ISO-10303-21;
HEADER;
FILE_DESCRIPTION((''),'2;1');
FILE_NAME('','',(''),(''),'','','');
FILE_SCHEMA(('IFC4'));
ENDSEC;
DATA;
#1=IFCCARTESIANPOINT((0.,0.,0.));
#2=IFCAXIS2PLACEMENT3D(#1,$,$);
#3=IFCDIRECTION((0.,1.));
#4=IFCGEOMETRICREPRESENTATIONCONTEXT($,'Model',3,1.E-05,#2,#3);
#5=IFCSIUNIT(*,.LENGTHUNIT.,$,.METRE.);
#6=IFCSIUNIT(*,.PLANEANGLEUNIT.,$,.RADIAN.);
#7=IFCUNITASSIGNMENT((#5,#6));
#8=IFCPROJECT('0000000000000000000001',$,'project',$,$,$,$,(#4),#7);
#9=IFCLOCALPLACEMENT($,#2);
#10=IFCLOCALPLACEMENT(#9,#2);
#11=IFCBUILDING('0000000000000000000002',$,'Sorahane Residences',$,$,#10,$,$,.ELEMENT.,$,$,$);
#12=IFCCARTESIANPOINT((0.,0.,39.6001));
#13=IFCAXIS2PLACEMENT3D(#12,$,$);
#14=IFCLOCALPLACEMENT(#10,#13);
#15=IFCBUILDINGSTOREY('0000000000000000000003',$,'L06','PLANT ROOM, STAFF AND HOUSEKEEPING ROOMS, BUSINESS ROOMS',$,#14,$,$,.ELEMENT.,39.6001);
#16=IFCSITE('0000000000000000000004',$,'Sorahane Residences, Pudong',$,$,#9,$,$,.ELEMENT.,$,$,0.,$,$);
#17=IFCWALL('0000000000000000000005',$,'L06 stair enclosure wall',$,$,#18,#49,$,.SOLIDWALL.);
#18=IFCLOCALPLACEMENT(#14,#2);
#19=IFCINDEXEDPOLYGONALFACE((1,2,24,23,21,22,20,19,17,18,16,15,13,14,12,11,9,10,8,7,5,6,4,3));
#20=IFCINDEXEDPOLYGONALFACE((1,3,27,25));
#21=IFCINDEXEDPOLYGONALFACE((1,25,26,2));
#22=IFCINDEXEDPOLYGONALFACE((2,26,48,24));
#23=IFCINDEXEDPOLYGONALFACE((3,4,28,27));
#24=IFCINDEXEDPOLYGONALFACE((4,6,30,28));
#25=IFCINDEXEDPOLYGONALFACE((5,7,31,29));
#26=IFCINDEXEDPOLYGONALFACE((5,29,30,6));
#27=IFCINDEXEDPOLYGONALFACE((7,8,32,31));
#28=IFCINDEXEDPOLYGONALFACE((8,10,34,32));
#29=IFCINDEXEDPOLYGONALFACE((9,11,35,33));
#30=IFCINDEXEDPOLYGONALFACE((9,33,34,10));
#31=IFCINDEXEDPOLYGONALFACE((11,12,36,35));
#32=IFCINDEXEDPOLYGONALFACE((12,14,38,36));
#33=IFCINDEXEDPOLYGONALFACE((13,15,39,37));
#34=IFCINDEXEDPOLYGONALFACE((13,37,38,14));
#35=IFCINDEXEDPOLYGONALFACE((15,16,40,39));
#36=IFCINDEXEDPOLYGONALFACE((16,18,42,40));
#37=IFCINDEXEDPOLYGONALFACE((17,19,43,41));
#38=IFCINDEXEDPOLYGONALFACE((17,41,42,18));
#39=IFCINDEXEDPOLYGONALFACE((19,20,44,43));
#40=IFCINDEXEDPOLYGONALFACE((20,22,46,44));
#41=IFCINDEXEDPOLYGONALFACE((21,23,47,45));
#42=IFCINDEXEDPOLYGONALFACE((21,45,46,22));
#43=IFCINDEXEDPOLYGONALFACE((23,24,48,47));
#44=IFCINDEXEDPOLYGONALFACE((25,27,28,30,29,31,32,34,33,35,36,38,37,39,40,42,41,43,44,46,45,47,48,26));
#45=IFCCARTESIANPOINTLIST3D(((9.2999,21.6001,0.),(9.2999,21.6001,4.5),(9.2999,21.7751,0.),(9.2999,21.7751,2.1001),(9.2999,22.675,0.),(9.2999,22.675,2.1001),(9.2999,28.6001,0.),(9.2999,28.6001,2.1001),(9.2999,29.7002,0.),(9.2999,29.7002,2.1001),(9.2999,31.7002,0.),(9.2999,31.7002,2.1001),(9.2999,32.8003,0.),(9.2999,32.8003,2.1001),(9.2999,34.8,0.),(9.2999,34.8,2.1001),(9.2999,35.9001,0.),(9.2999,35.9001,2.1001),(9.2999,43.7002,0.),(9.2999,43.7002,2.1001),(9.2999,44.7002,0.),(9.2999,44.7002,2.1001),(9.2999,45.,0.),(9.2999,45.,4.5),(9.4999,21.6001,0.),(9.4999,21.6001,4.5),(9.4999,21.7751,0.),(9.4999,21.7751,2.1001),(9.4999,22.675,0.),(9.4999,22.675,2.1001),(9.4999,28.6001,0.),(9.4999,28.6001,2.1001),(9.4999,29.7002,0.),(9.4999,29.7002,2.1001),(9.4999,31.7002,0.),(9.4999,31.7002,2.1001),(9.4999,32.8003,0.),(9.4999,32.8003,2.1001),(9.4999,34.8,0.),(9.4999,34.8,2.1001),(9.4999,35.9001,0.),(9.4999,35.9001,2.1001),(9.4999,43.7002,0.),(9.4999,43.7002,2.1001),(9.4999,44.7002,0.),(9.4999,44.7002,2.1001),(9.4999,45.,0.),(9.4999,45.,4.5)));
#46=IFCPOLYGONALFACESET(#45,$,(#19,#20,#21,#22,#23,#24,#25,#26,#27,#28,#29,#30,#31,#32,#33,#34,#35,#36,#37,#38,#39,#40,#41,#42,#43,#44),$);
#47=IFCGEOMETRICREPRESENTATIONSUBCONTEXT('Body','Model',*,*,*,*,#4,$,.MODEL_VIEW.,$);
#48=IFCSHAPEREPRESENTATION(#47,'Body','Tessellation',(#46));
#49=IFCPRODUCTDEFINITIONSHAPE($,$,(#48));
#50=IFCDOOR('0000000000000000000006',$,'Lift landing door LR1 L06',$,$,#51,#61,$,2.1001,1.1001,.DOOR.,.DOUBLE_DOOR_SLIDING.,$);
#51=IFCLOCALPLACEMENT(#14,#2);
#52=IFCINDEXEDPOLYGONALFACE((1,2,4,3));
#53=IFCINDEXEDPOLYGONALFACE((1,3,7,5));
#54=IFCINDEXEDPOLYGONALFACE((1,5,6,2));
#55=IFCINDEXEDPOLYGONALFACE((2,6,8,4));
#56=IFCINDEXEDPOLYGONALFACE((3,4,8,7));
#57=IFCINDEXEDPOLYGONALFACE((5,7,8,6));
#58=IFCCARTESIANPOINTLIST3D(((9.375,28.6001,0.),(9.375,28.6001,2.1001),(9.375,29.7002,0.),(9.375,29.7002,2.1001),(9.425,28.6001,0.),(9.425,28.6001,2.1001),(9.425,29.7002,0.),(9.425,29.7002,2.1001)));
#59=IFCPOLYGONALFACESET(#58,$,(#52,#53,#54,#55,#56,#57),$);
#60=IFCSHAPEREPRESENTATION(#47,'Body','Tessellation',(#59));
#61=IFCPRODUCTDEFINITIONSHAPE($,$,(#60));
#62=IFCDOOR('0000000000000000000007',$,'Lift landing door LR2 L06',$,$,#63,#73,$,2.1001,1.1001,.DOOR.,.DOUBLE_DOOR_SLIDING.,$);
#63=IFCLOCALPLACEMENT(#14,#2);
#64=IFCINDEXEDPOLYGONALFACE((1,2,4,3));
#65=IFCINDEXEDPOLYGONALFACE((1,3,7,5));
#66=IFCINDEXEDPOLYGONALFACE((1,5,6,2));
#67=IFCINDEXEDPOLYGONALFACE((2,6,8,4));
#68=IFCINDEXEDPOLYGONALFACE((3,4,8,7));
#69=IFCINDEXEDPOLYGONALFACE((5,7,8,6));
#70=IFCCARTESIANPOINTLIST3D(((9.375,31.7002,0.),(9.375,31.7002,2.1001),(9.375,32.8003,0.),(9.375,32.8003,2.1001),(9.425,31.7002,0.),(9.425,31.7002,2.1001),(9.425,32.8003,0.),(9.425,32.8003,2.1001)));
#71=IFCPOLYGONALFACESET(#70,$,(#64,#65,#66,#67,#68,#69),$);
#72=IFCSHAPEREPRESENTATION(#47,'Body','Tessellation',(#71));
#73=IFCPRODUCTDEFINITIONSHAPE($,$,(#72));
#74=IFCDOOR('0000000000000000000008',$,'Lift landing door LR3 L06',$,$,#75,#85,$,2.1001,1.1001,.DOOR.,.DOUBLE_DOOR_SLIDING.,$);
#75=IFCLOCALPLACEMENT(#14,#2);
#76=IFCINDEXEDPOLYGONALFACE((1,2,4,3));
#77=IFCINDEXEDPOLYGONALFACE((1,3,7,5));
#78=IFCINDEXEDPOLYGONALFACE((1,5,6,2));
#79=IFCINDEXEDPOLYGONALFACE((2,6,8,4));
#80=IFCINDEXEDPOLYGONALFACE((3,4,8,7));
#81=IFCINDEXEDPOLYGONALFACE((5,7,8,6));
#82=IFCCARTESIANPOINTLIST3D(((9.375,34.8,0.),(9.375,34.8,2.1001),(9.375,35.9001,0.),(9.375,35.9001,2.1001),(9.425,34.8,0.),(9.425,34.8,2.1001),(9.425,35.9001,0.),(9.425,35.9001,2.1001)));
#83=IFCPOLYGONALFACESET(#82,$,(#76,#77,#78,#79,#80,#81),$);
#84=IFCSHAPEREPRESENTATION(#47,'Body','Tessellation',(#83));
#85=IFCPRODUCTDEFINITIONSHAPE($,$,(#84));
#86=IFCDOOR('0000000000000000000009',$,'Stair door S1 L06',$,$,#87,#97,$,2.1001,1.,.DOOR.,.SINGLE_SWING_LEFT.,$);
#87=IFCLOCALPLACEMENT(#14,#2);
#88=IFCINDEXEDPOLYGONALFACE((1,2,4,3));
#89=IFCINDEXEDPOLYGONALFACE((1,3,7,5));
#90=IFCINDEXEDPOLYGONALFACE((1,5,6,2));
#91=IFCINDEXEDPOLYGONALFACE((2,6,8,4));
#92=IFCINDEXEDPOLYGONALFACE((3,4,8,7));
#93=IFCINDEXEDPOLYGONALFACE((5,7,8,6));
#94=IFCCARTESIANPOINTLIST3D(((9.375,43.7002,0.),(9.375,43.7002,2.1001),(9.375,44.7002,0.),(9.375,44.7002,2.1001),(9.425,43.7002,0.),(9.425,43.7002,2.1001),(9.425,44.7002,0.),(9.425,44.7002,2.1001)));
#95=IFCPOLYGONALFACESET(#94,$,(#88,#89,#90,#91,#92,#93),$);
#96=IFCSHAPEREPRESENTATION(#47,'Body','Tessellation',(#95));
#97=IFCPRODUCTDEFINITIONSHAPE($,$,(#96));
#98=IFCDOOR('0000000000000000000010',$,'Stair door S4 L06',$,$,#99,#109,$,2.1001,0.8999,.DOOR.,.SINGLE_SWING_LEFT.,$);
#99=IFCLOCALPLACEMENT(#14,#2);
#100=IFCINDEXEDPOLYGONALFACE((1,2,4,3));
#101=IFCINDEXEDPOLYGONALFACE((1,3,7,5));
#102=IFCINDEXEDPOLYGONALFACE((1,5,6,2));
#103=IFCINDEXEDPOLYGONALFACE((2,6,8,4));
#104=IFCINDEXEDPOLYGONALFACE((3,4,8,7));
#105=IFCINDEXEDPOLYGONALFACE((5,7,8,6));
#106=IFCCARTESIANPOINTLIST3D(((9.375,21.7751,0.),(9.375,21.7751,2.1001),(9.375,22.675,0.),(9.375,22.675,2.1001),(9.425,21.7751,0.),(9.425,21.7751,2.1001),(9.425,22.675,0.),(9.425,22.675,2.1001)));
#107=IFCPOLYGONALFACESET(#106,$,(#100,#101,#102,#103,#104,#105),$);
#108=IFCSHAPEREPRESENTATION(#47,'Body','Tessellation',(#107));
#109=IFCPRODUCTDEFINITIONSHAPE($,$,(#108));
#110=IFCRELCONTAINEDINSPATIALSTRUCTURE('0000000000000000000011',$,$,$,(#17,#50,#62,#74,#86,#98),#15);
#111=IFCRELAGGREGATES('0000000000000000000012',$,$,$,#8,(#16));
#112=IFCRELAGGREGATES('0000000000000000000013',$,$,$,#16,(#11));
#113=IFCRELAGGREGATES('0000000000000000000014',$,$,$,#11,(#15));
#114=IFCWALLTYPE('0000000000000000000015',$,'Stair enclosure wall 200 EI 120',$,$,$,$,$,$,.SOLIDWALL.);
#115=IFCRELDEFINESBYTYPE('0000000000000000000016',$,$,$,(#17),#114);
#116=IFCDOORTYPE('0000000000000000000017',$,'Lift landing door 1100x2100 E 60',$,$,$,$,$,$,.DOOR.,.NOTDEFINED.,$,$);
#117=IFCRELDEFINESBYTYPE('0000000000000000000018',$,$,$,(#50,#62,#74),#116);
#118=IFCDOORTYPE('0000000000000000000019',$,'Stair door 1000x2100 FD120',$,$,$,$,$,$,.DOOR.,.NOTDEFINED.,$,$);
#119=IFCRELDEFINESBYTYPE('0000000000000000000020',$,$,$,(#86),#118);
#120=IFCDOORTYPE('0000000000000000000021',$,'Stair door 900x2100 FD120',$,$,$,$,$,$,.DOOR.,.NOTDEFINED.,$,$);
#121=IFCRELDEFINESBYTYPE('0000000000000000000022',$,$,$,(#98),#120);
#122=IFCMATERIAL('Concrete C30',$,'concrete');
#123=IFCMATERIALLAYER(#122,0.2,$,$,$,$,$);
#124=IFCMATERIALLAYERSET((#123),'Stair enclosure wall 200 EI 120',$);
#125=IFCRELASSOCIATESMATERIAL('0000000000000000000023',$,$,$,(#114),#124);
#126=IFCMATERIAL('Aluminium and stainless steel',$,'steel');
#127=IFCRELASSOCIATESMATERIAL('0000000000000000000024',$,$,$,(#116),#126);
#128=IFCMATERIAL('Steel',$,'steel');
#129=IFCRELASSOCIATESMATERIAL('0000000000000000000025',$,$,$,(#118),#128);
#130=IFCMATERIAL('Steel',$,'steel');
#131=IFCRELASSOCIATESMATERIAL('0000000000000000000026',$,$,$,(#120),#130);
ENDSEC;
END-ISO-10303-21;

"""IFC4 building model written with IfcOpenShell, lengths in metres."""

from ifc_helpers import new_model, si_unit, direction, frame, frame_2d, origin, place, context, subcontext, project, spatial, rectangle, extrude, material, layer, layer_set, type_object, element, fill, save


model = new_model("IFC4")

# Units and contexts
model_context = context("Model", 3, precision=1e-05, world=origin(), true_north=direction((0.0, 1.0)))
body_context = subcontext(model_context, "Body", "Model", "MODEL_VIEW")
ifc_project = project(units=[si_unit("LENGTHUNIT", "METRE"), si_unit("PLANEANGLEUNIT", "RADIAN")], contexts=[model_context])

# Site, building, storey
site_placement = place(None, origin())
site = spatial("IfcSite", under=ifc_project, at=site_placement, Name="Sorahane Residences, Pudong", CompositionType="ELEMENT", RefElevation=0.0)
building_placement = place(site_placement, origin())
building = spatial("IfcBuilding", under=site, at=building_placement, Name="Sorahane Residences", CompositionType="ELEMENT")
storey_placement = place(building_placement, frame((0.0, 0.0, 39.6001)))
storey = spatial("IfcBuildingStorey", under=building, at=storey_placement, Name="L06", Description="PLANT ROOM, STAFF AND HOUSEKEEPING ROOMS, BUSINESS ROOMS", CompositionType="ELEMENT", Elevation=39.6001)

# Wall, openings, doors
ifc_material_1 = material(Name="Concrete C30", Category="concrete")
ifc_layer = layer(ifc_material_1, 0.2)
ifc_layer_set = layer_set([ifc_layer], Name="Stair enclosure wall 200 EI 120")
wall_type = type_object("IfcWallType", Name="Stair enclosure wall 200 EI 120", PredefinedType="SOLIDWALL", material=ifc_layer_set)
wall_placement = place(storey_placement, frame((9.3999, 21.6001, 0.0), z_axis=(0.0, 0.0, 1.0), x_axis=(0.0, 1.0, 0.0)))
wall = element("IfcWall", 1, at=wall_placement, inside=storey, type_object=wall_type, Name="L06 stair enclosure wall", PredefinedType="SOLIDWALL", context=body_context, shape_type="SweptSolid", body=[
    extrude(rectangle(XDim=23.3999, YDim=0.2, at=frame_2d((11.7, 0.0))), origin(), (0.0, 0.0, 1.0), 4.5),
])
opening_1_placement = place(wall_placement, frame((7.0, 0.0, 0.0)))
opening_1 = element("IfcOpeningElement", 2, at=opening_1_placement, cuts=wall, PredefinedType="OPENING", context=body_context, shape_type="SweptSolid", body=[
    extrude(rectangle(XDim=1.1001, YDim=2.1001, at=frame_2d((0.55, 1.05))), frame((0.0, 0.1099, 0.0), z_axis=(0.0, -1.0, 0.0), x_axis=(1.0, 0.0, 0.0)), (0.0, 0.0, 1.0), 0.22),
])
opening_2_placement = place(wall_placement, frame((10.1001, 0.0, 0.0)))
opening_2 = element("IfcOpeningElement", 3, at=opening_2_placement, cuts=wall, PredefinedType="OPENING", context=body_context, shape_type="SweptSolid", body=[
    extrude(rectangle(XDim=1.1001, YDim=2.1001, at=frame_2d((0.55, 1.05))), frame((0.0, 0.1099, 0.0), z_axis=(0.0, -1.0, 0.0), x_axis=(1.0, 0.0, 0.0)), (0.0, 0.0, 1.0), 0.22),
])
opening_3_placement = place(wall_placement, frame((13.2, 0.0, 0.0)))
opening_3 = element("IfcOpeningElement", 4, at=opening_3_placement, cuts=wall, PredefinedType="OPENING", context=body_context, shape_type="SweptSolid", body=[
    extrude(rectangle(XDim=1.1001, YDim=2.1001, at=frame_2d((0.55, 1.05))), frame((0.0, 0.1099, 0.0), z_axis=(0.0, -1.0, 0.0), x_axis=(1.0, 0.0, 0.0)), (0.0, 0.0, 1.0), 0.22),
])
opening_4_placement = place(wall_placement, frame((22.1001, 0.0, 0.0)))
opening_4 = element("IfcOpeningElement", 5, at=opening_4_placement, cuts=wall, PredefinedType="OPENING", context=body_context, shape_type="SweptSolid", body=[
    extrude(rectangle(XDim=1.0, YDim=2.1001, at=frame_2d((0.5, 1.05))), frame((0.0, 0.1099, 0.0), z_axis=(0.0, -1.0, 0.0), x_axis=(1.0, 0.0, 0.0)), (0.0, 0.0, 1.0), 0.22),
])
opening_5_placement = place(wall_placement, frame((0.175, 0.0, 0.0)))
opening_5 = element("IfcOpeningElement", 6, at=opening_5_placement, cuts=wall, PredefinedType="OPENING", context=body_context, shape_type="SweptSolid", body=[
    extrude(rectangle(XDim=0.8999, YDim=2.1001, at=frame_2d((0.45, 1.05))), frame((0.0, 0.1099, 0.0), z_axis=(0.0, -1.0, 0.0), x_axis=(1.0, 0.0, 0.0)), (0.0, 0.0, 1.0), 0.22),
])
ifc_material_2 = material(Name="Aluminium and stainless steel", Category="steel")
door_type_1 = type_object("IfcDoorType", Name="Lift landing door 1100x2100 E 60", OperationType="NOTDEFINED", PredefinedType="DOOR", material=ifc_material_2)
door_1_placement = place(opening_1_placement, origin())
door_1 = element("IfcDoor", 7, at=door_1_placement, inside=storey, type_object=door_type_1, Name="Lift landing door LR1 L06", OperationType="DOUBLE_DOOR_SLIDING", OverallHeight=2.1001, OverallWidth=1.1001, PredefinedType="DOOR", context=body_context, shape_type="SweptSolid", body=[
    extrude(rectangle(XDim=1.1001, YDim=2.1001, at=frame_2d((0.55, 1.05))), frame((0.0, 0.0249, 0.0), z_axis=(0.0, -1.0, 0.0), x_axis=(1.0, 0.0, 0.0)), (0.0, 0.0, 1.0), 0.05),
])
fill(opening_1, door_1)
door_2_placement = place(opening_2_placement, origin())
door_2 = element("IfcDoor", 8, at=door_2_placement, inside=storey, type_object=door_type_1, Name="Lift landing door LR2 L06", OperationType="DOUBLE_DOOR_SLIDING", OverallHeight=2.1001, OverallWidth=1.1001, PredefinedType="DOOR", context=body_context, shape_type="SweptSolid", body=[
    extrude(rectangle(XDim=1.1001, YDim=2.1001, at=frame_2d((0.55, 1.05))), frame((0.0, 0.0249, 0.0), z_axis=(0.0, -1.0, 0.0), x_axis=(1.0, 0.0, 0.0)), (0.0, 0.0, 1.0), 0.05),
])
fill(opening_2, door_2)
door_3_placement = place(opening_3_placement, origin())
door_3 = element("IfcDoor", 9, at=door_3_placement, inside=storey, type_object=door_type_1, Name="Lift landing door LR3 L06", OperationType="DOUBLE_DOOR_SLIDING", OverallHeight=2.1001, OverallWidth=1.1001, PredefinedType="DOOR", context=body_context, shape_type="SweptSolid", body=[
    extrude(rectangle(XDim=1.1001, YDim=2.1001, at=frame_2d((0.55, 1.05))), frame((0.0, 0.0249, 0.0), z_axis=(0.0, -1.0, 0.0), x_axis=(1.0, 0.0, 0.0)), (0.0, 0.0, 1.0), 0.05),
])
fill(opening_3, door_3)
ifc_material_3 = material(Name="Steel", Category="steel")
door_type_2 = type_object("IfcDoorType", Name="Stair door 1000x2100 FD120", OperationType="NOTDEFINED", PredefinedType="DOOR", material=ifc_material_3)
door_4_placement = place(opening_4_placement, origin())
door_4 = element("IfcDoor", 10, at=door_4_placement, inside=storey, type_object=door_type_2, Name="Stair door S1 L06", OperationType="SINGLE_SWING_LEFT", OverallHeight=2.1001, OverallWidth=1.0, PredefinedType="DOOR", context=body_context, shape_type="SweptSolid", body=[
    extrude(rectangle(XDim=1.0, YDim=2.1001, at=frame_2d((0.5, 1.05))), frame((0.0, 0.0249, 0.0), z_axis=(0.0, -1.0, 0.0), x_axis=(1.0, 0.0, 0.0)), (0.0, 0.0, 1.0), 0.05),
])
fill(opening_4, door_4)
ifc_material_4 = material(Name="Steel", Category="steel")
door_type_3 = type_object("IfcDoorType", Name="Stair door 900x2100 FD120", OperationType="NOTDEFINED", PredefinedType="DOOR", material=ifc_material_4)
door_5_placement = place(opening_5_placement, origin())
door_5 = element("IfcDoor", 11, at=door_5_placement, inside=storey, type_object=door_type_3, Name="Stair door S4 L06", OperationType="SINGLE_SWING_LEFT", OverallHeight=2.1001, OverallWidth=0.8999, PredefinedType="DOOR", context=body_context, shape_type="SweptSolid", body=[
    extrude(rectangle(XDim=0.8999, YDim=2.1001, at=frame_2d((0.45, 1.05))), frame((0.0, 0.0249, 0.0), z_axis=(0.0, -1.0, 0.0), x_axis=(1.0, 0.0, 0.0)), (0.0, 0.0, 1.0), 0.05),
])
fill(opening_5, door_5)

save(model, "model.ifc")
